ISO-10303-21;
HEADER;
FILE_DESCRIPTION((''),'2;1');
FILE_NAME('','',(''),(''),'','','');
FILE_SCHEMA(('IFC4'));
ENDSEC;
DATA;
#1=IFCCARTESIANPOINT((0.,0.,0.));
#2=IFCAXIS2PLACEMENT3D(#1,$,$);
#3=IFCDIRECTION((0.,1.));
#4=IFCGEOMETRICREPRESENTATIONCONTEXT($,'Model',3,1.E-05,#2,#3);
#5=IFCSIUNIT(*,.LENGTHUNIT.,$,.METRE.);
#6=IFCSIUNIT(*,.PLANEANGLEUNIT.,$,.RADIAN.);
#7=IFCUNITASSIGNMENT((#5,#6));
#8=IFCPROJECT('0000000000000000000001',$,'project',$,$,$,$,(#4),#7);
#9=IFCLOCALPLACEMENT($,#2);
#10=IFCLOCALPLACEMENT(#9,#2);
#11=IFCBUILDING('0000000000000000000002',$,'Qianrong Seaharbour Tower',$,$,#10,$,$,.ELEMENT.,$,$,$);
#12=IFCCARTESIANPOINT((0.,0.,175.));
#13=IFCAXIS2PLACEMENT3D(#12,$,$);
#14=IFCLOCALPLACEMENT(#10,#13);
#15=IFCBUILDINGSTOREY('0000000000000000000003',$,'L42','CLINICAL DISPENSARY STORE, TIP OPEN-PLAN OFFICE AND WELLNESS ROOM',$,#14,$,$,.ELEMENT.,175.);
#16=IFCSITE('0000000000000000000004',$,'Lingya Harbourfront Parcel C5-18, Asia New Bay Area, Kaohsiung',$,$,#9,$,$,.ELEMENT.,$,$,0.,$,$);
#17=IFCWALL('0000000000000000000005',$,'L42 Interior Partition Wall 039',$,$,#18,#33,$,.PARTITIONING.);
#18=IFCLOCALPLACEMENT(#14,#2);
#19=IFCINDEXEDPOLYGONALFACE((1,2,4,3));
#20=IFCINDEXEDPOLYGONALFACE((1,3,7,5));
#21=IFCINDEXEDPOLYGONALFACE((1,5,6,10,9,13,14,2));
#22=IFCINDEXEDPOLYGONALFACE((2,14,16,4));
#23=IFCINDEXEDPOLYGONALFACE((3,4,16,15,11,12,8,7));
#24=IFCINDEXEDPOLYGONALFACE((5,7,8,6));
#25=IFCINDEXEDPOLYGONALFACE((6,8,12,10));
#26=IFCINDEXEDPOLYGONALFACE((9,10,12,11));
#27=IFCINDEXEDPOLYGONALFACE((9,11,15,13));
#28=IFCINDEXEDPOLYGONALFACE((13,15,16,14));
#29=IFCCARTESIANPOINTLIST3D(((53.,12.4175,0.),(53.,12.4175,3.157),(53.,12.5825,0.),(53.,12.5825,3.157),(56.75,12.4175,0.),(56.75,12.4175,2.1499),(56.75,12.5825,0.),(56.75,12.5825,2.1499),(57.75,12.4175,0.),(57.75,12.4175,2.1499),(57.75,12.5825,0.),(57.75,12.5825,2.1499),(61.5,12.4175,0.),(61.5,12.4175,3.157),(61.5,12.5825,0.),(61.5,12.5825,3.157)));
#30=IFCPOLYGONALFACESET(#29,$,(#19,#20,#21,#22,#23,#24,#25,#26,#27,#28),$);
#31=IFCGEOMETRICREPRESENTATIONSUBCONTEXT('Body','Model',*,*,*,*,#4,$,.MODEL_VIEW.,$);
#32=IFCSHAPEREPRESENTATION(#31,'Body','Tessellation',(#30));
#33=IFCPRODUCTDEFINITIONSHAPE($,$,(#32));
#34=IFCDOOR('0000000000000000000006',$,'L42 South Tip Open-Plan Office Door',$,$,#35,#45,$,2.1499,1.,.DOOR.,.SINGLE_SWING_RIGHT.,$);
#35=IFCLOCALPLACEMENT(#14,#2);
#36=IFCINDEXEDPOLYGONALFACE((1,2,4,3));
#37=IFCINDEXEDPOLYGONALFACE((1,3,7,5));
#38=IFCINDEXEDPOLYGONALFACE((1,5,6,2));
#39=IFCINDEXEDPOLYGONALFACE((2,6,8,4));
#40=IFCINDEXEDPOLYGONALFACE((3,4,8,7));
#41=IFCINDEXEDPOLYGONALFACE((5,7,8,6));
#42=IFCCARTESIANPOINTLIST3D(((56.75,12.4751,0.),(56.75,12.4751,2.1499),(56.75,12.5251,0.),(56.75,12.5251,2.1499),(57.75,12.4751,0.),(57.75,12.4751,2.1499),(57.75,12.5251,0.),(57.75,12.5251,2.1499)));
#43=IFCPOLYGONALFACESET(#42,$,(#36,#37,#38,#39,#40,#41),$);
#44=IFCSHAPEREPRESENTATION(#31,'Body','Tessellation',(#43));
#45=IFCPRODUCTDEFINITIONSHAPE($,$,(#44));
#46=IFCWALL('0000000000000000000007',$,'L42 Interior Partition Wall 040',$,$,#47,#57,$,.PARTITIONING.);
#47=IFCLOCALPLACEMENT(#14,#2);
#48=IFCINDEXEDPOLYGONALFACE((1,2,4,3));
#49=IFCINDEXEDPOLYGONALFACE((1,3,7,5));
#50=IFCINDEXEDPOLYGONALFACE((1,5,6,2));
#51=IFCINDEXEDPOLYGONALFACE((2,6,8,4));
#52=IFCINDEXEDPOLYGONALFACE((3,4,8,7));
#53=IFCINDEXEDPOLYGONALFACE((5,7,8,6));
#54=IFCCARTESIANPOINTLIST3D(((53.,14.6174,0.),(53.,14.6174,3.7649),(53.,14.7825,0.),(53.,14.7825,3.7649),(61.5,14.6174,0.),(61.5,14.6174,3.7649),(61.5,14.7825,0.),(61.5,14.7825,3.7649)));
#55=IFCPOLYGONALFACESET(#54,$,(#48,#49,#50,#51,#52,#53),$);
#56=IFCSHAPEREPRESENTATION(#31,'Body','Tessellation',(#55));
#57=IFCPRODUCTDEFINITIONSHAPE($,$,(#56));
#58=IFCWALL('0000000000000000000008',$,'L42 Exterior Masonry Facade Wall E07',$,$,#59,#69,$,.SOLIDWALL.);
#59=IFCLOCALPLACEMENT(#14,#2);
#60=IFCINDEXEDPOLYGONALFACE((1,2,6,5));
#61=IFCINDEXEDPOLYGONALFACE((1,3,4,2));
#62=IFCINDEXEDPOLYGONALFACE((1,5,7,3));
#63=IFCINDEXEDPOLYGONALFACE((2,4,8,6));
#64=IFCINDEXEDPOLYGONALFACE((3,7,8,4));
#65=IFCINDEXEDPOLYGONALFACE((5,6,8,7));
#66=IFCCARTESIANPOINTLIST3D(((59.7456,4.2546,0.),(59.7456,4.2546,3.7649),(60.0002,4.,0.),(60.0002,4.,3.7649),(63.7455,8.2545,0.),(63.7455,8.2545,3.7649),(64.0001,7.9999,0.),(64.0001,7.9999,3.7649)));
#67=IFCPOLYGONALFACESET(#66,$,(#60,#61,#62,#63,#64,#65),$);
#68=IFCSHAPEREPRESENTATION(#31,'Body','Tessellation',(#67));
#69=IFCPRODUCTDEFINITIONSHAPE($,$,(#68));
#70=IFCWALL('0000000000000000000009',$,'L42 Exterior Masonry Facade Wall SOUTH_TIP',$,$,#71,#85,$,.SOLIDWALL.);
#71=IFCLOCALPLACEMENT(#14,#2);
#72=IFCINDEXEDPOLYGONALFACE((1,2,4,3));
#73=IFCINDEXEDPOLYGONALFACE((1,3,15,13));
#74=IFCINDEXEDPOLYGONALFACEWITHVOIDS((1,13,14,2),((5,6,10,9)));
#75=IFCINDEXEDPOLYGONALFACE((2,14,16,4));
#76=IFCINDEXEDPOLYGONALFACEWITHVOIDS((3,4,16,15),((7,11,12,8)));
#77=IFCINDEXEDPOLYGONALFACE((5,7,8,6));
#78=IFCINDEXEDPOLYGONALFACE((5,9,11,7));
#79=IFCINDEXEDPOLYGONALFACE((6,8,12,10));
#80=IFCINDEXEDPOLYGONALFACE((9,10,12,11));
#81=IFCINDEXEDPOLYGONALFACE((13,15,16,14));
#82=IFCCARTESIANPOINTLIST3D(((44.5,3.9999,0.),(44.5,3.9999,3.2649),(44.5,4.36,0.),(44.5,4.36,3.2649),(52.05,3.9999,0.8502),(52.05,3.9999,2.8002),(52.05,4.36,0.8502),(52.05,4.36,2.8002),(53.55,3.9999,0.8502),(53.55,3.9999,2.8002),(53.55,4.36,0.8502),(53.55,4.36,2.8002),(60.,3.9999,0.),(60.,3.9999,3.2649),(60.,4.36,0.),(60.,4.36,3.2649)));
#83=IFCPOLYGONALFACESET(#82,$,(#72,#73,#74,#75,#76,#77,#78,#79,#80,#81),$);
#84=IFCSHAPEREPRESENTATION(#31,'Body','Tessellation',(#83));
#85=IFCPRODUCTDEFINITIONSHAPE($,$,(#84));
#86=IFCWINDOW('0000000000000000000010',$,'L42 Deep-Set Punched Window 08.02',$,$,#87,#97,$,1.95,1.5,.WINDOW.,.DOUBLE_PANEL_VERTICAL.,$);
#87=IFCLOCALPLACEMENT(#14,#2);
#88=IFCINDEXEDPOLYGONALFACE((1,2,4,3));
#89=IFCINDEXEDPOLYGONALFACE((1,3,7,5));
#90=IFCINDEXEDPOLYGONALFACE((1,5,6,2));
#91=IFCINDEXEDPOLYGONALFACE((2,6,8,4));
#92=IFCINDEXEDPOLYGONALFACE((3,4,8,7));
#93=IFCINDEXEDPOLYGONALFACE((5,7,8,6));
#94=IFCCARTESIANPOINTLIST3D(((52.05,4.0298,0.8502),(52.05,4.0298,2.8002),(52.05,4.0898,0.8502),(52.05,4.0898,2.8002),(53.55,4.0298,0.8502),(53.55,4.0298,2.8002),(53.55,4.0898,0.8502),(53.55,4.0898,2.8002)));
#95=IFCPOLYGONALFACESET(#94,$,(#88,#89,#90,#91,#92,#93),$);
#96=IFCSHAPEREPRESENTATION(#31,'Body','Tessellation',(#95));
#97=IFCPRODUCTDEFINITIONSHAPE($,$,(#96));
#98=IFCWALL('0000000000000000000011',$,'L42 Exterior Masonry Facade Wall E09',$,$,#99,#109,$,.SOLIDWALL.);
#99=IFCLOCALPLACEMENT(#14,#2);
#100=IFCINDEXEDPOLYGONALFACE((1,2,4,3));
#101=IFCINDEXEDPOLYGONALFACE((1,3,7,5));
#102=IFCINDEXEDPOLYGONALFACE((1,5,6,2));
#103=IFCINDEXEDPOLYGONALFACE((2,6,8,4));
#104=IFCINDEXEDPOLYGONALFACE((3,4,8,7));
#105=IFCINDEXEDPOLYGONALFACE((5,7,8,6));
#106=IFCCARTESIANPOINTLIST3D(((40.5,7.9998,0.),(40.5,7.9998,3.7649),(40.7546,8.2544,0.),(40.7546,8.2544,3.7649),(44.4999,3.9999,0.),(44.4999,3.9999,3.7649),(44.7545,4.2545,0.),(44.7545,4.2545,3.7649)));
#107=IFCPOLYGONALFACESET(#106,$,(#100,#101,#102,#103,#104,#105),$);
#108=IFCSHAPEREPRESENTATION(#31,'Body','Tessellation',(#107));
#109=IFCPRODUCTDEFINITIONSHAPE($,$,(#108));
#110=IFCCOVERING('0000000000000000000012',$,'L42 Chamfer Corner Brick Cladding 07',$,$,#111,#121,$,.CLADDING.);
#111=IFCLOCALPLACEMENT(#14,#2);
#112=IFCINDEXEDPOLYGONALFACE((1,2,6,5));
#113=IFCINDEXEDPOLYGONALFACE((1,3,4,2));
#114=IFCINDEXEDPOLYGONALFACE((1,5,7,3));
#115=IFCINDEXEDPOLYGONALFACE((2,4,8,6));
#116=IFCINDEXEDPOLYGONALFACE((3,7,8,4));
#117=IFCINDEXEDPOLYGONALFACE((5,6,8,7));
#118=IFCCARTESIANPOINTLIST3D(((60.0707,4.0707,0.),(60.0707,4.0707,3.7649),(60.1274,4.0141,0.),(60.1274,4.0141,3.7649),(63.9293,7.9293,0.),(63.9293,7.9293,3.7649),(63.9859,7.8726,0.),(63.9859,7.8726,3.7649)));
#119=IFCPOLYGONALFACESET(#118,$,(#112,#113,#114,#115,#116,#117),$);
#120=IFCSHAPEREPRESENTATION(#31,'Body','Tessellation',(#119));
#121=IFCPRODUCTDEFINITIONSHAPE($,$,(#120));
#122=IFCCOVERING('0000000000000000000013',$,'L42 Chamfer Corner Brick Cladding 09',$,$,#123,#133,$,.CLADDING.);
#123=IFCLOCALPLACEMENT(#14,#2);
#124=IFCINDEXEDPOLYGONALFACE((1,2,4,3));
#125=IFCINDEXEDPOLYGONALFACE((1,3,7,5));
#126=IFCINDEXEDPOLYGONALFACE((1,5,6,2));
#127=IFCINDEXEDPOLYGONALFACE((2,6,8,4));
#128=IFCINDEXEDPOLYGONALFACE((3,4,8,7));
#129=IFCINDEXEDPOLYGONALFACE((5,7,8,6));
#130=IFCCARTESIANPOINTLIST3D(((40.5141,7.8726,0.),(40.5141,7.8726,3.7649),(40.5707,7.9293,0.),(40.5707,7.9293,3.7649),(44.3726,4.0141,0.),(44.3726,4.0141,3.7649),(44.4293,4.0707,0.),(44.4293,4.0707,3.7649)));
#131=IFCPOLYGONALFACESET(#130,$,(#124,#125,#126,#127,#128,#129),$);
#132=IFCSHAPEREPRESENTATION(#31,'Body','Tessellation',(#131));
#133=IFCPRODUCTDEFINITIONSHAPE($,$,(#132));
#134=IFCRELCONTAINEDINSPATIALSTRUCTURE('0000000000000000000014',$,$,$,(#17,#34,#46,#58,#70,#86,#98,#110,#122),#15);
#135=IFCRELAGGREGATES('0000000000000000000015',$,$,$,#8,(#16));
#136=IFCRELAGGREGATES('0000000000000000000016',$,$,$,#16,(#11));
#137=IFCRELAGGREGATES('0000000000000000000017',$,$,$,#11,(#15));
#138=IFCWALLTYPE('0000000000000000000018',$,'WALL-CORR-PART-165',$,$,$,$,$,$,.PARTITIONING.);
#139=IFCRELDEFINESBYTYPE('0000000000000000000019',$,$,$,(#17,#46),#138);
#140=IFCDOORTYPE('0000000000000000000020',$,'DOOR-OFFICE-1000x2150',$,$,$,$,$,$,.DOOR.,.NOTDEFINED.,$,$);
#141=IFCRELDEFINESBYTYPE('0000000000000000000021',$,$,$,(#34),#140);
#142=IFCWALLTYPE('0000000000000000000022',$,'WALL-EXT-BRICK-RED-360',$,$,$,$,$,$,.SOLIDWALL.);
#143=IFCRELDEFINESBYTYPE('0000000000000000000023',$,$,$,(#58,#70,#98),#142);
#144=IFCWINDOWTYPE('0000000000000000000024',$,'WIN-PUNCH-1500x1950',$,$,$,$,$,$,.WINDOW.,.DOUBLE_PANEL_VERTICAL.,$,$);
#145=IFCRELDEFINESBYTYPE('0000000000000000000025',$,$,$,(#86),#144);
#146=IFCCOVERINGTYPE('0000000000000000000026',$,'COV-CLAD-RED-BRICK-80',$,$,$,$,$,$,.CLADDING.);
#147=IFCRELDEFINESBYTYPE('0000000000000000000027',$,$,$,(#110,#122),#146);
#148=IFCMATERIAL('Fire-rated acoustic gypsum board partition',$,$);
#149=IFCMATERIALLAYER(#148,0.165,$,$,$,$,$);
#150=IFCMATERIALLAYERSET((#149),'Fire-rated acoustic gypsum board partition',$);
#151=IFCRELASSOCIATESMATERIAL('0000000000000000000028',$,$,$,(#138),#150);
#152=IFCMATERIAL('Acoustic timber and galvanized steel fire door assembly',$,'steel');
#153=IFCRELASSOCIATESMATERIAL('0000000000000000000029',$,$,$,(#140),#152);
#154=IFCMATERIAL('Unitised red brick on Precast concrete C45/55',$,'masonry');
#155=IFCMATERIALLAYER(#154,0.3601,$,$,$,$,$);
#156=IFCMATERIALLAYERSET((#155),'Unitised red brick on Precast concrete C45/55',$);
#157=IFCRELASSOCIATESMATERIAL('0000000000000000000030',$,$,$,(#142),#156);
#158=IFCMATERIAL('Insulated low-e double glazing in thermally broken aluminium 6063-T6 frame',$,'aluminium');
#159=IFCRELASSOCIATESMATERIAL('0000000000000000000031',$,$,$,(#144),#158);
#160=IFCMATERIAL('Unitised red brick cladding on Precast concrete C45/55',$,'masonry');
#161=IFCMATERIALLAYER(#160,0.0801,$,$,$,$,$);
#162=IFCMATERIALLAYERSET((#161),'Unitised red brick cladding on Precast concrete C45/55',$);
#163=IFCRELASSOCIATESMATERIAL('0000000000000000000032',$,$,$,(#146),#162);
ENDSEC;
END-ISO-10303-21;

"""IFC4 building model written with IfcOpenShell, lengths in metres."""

from ifc_helpers import new_model, si_unit, direction, frame, frame_2d, origin, origin_2d, place, context, subcontext, project, spatial, rectangle, extrude, material, layer, layer_set, type_object, element, fill, save


model = new_model("IFC4")

# Units and contexts
model_context = context("Model", 3, precision=1e-05, world=origin(), true_north=direction((0.0, 1.0)))
body_context = subcontext(model_context, "Body", "Model", "MODEL_VIEW")
ifc_project = project(units=[si_unit("LENGTHUNIT", "METRE"), si_unit("PLANEANGLEUNIT", "RADIAN")], contexts=[model_context])

# Site, building, storey
site_placement = place(None, origin())
site = spatial("IfcSite", under=ifc_project, at=site_placement, Name="Lingya Harbourfront Parcel C5-18, Asia New Bay Area, Kaohsiung", CompositionType="ELEMENT", RefElevation=0.0)
building_placement = place(site_placement, origin())
building = spatial("IfcBuilding", under=site, at=building_placement, Name="Qianrong Seaharbour Tower", CompositionType="ELEMENT")
storey_placement = place(building_placement, frame((0.0, 0.0, 175.0)))
storey = spatial("IfcBuildingStorey", under=building, at=storey_placement, Name="L42", Description="CLINICAL DISPENSARY STORE, TIP OPEN-PLAN OFFICE AND WELLNESS ROOM", CompositionType="ELEMENT", Elevation=175.0)

# Shared definitions
ifc_material_1 = material(Name="Fire-rated acoustic gypsum board partition")
ifc_layer_1 = layer(ifc_material_1, 0.165)
ifc_layer_set_1 = layer_set([ifc_layer_1], Name="Fire-rated acoustic gypsum board partition")
wall_type_1 = type_object("IfcWallType", Name="WALL-CORR-PART-165", PredefinedType="PARTITIONING", material=ifc_layer_set_1)

# Wall, opening, door
ifc_material_2 = material(Name="Acoustic timber and galvanized steel fire door assembly", Category="steel")
wall_1_placement = place(storey_placement, frame((61.5, 12.5, 0.0), z_axis=(0.0, 0.0, 1.0), x_axis=(-1.0, 0.0, 0.0)))
wall_1 = element("IfcWall", 1, at=wall_1_placement, inside=storey, type_object=wall_type_1, Name="L42 Interior Partition Wall 039", PredefinedType="PARTITIONING", context=body_context, shape_type="SweptSolid", body=[
    extrude(rectangle(XDim=8.5, YDim=0.165, at=frame_2d((4.25, 0.0))), origin(), (0.0, 0.0, 1.0), 3.157),
])
opening_1_placement = place(wall_1_placement, frame((3.75, 0.0, 0.0)))
opening_1 = element("IfcOpeningElement", 2, at=opening_1_placement, cuts=wall_1, PredefinedType="OPENING", context=body_context, shape_type="SweptSolid", body=[
    extrude(rectangle(XDim=1.0, YDim=2.1499, at=frame_2d((0.5, 1.075))), frame((0.0, 0.0925, 0.0), z_axis=(0.0, -1.0, 0.0), x_axis=(1.0, 0.0, 0.0)), (0.0, 0.0, 1.0), 0.1851),
])
door_type_1 = type_object("IfcDoorType", Name="DOOR-OFFICE-1000x2150", OperationType="NOTDEFINED", PredefinedType="DOOR", material=ifc_material_2)
door_1_placement = place(opening_1_placement, origin())
door_1 = element("IfcDoor", 3, at=door_1_placement, inside=storey, type_object=door_type_1, Name="L42 South Tip Open-Plan Office Door", OperationType="SINGLE_SWING_RIGHT", OverallHeight=2.1499, OverallWidth=1.0, PredefinedType="DOOR", context=body_context, shape_type="SweptSolid", body=[
    extrude(rectangle(XDim=1.0, YDim=2.1499, at=frame_2d((0.5, 1.075))), frame((0.0, 0.0249, 0.0), z_axis=(0.0, -1.0, 0.0), x_axis=(1.0, 0.0, 0.0)), (0.0, 0.0, 1.0), 0.05),
])
fill(opening_1, door_1)

# Walls
wall_2_placement = place(storey_placement, frame((53.0, 14.7, 0.0), z_axis=(0.0, 0.0, 1.0), x_axis=(1.0, 0.0, 0.0)))
element("IfcWall", 4, at=wall_2_placement, inside=storey, type_object=wall_type_1, Name="L42 Interior Partition Wall 040", PredefinedType="PARTITIONING", context=body_context, shape_type="SweptSolid", body=[
    extrude(rectangle(XDim=8.5, YDim=0.165, at=frame_2d((4.25, 0.0))), origin(), (0.0, 0.0, 1.0), 3.7649),
])
ifc_material_3 = material(Name="Unitised red brick on Precast concrete C45/55", Category="masonry")
ifc_layer_2 = layer(ifc_material_3, 0.3601)
ifc_layer_set_2 = layer_set([ifc_layer_2], Name="Unitised red brick on Precast concrete C45/55")
wall_type_2 = type_object("IfcWallType", Name="WALL-EXT-BRICK-RED-360", PredefinedType="SOLIDWALL", material=ifc_layer_set_2)
wall_3_placement = place(storey_placement, frame((63.8728, 8.1272, 0.0), z_axis=(0.0, 0.0, 1.0), x_axis=(-0.707107, -0.707107, 0.0)))
element("IfcWall", 5, at=wall_3_placement, inside=storey, type_object=wall_type_2, Name="L42 Exterior Masonry Facade Wall E07", PredefinedType="SOLIDWALL", context=body_context, shape_type="SweptSolid", body=[
    extrude(rectangle(XDim=5.6567, YDim=0.3601, at=frame_2d((2.8284, 0.0))), origin(), (0.0, 0.0, 1.0), 3.7649),
])

# Wall, opening, window
wall_4_placement = place(storey_placement, frame((60.0, 4.1799, 0.0), z_axis=(0.0, 0.0, 1.0), x_axis=(-1.0, 0.0, 0.0)))
wall_4 = element("IfcWall", 6, at=wall_4_placement, inside=storey, type_object=wall_type_2, Name="L42 Exterior Masonry Facade Wall SOUTH_TIP", PredefinedType="SOLIDWALL", context=body_context, shape_type="SweptSolid", body=[
    extrude(rectangle(XDim=15.5, YDim=0.3601, at=frame_2d((7.75, 0.0))), origin(), (0.0, 0.0, 1.0), 3.2649),
])
opening_2_placement = place(wall_4_placement, frame((6.45, 0.0, 0.8501)))
opening_2 = element("IfcOpeningElement", 7, at=opening_2_placement, cuts=wall_4, PredefinedType="OPENING", context=body_context, shape_type="SweptSolid", body=[
    extrude(rectangle(XDim=1.5, YDim=1.95, at=frame_2d((0.75, 0.9751))), frame((0.0, 0.1899, 0.0), z_axis=(0.0, -1.0, 0.0), x_axis=(1.0, 0.0, 0.0)), (0.0, 0.0, 1.0), 0.3801),
])
ifc_material_4 = material(Name="Insulated low-e double glazing in thermally broken aluminium 6063-T6 frame", Category="aluminium")
window_type = type_object("IfcWindowType", Name="WIN-PUNCH-1500x1950", PartitioningType="DOUBLE_PANEL_VERTICAL", PredefinedType="WINDOW", material=ifc_material_4)
window_placement = place(opening_2_placement, origin())
window = element("IfcWindow", 8, at=window_placement, inside=storey, type_object=window_type, Name="L42 Deep-Set Punched Window 08.02", OverallHeight=1.95, OverallWidth=1.5, PartitioningType="DOUBLE_PANEL_VERTICAL", PredefinedType="WINDOW", context=body_context, shape_type="SweptSolid", body=[
    extrude(rectangle(XDim=1.5, YDim=1.95, at=frame_2d((0.75, 0.9751))), frame((0.0, 0.1501, 0.0), z_axis=(0.0, -1.0, 0.0), x_axis=(1.0, 0.0, 0.0)), (0.0, 0.0, 1.0), 0.0601),
])
fill(opening_2, window)

# Wall
wall_5_placement = place(storey_placement, frame((44.6272, 4.1272, 0.0), z_axis=(0.0, 0.0, 1.0), x_axis=(-0.707107, 0.707107, 0.0)))
element("IfcWall", 9, at=wall_5_placement, inside=storey, type_object=wall_type_2, Name="L42 Exterior Masonry Facade Wall E09", PredefinedType="SOLIDWALL", context=body_context, shape_type="SweptSolid", body=[
    extrude(rectangle(XDim=5.6567, YDim=0.3601, at=frame_2d((2.8284, 0.0))), origin(), (0.0, 0.0, 1.0), 3.7649),
])

# Coverings
ifc_material_5 = material(Name="Unitised red brick cladding on Precast concrete C45/55", Category="masonry")
ifc_layer_3 = layer(ifc_material_5, 0.0801)
ifc_layer_set_3 = layer_set([ifc_layer_3], Name="Unitised red brick cladding on Precast concrete C45/55")
covering_type = type_object("IfcCoveringType", Name="COV-CLAD-RED-BRICK-80", PredefinedType="CLADDING", material=ifc_layer_set_3)
for number, where, z_axis, x_axis, name in (
    (10, (62.0283, 5.9717, 0.0), (0.0, 0.0, 1.0), (-0.707107, -0.707107, 0.0), "L42 Chamfer Corner Brick Cladding 07"),
    (11, (42.4717, 5.9717, 0.0), (0.0, 0.0, 1.0), (-0.707107, 0.707107, 0.0), "L42 Chamfer Corner Brick Cladding 09"),
):
    element("IfcCovering", number, at=place(storey_placement, frame(where, z_axis=z_axis, x_axis=x_axis)), inside=storey, type_object=covering_type, Name=name, PredefinedType="CLADDING", context=body_context, shape_type="SweptSolid", body=[
        extrude(rectangle(XDim=5.4568, YDim=0.0801, at=origin_2d()), origin(), (0.0, 0.0, 1.0), 3.7649),
    ])

save(model, "model.ifc")
